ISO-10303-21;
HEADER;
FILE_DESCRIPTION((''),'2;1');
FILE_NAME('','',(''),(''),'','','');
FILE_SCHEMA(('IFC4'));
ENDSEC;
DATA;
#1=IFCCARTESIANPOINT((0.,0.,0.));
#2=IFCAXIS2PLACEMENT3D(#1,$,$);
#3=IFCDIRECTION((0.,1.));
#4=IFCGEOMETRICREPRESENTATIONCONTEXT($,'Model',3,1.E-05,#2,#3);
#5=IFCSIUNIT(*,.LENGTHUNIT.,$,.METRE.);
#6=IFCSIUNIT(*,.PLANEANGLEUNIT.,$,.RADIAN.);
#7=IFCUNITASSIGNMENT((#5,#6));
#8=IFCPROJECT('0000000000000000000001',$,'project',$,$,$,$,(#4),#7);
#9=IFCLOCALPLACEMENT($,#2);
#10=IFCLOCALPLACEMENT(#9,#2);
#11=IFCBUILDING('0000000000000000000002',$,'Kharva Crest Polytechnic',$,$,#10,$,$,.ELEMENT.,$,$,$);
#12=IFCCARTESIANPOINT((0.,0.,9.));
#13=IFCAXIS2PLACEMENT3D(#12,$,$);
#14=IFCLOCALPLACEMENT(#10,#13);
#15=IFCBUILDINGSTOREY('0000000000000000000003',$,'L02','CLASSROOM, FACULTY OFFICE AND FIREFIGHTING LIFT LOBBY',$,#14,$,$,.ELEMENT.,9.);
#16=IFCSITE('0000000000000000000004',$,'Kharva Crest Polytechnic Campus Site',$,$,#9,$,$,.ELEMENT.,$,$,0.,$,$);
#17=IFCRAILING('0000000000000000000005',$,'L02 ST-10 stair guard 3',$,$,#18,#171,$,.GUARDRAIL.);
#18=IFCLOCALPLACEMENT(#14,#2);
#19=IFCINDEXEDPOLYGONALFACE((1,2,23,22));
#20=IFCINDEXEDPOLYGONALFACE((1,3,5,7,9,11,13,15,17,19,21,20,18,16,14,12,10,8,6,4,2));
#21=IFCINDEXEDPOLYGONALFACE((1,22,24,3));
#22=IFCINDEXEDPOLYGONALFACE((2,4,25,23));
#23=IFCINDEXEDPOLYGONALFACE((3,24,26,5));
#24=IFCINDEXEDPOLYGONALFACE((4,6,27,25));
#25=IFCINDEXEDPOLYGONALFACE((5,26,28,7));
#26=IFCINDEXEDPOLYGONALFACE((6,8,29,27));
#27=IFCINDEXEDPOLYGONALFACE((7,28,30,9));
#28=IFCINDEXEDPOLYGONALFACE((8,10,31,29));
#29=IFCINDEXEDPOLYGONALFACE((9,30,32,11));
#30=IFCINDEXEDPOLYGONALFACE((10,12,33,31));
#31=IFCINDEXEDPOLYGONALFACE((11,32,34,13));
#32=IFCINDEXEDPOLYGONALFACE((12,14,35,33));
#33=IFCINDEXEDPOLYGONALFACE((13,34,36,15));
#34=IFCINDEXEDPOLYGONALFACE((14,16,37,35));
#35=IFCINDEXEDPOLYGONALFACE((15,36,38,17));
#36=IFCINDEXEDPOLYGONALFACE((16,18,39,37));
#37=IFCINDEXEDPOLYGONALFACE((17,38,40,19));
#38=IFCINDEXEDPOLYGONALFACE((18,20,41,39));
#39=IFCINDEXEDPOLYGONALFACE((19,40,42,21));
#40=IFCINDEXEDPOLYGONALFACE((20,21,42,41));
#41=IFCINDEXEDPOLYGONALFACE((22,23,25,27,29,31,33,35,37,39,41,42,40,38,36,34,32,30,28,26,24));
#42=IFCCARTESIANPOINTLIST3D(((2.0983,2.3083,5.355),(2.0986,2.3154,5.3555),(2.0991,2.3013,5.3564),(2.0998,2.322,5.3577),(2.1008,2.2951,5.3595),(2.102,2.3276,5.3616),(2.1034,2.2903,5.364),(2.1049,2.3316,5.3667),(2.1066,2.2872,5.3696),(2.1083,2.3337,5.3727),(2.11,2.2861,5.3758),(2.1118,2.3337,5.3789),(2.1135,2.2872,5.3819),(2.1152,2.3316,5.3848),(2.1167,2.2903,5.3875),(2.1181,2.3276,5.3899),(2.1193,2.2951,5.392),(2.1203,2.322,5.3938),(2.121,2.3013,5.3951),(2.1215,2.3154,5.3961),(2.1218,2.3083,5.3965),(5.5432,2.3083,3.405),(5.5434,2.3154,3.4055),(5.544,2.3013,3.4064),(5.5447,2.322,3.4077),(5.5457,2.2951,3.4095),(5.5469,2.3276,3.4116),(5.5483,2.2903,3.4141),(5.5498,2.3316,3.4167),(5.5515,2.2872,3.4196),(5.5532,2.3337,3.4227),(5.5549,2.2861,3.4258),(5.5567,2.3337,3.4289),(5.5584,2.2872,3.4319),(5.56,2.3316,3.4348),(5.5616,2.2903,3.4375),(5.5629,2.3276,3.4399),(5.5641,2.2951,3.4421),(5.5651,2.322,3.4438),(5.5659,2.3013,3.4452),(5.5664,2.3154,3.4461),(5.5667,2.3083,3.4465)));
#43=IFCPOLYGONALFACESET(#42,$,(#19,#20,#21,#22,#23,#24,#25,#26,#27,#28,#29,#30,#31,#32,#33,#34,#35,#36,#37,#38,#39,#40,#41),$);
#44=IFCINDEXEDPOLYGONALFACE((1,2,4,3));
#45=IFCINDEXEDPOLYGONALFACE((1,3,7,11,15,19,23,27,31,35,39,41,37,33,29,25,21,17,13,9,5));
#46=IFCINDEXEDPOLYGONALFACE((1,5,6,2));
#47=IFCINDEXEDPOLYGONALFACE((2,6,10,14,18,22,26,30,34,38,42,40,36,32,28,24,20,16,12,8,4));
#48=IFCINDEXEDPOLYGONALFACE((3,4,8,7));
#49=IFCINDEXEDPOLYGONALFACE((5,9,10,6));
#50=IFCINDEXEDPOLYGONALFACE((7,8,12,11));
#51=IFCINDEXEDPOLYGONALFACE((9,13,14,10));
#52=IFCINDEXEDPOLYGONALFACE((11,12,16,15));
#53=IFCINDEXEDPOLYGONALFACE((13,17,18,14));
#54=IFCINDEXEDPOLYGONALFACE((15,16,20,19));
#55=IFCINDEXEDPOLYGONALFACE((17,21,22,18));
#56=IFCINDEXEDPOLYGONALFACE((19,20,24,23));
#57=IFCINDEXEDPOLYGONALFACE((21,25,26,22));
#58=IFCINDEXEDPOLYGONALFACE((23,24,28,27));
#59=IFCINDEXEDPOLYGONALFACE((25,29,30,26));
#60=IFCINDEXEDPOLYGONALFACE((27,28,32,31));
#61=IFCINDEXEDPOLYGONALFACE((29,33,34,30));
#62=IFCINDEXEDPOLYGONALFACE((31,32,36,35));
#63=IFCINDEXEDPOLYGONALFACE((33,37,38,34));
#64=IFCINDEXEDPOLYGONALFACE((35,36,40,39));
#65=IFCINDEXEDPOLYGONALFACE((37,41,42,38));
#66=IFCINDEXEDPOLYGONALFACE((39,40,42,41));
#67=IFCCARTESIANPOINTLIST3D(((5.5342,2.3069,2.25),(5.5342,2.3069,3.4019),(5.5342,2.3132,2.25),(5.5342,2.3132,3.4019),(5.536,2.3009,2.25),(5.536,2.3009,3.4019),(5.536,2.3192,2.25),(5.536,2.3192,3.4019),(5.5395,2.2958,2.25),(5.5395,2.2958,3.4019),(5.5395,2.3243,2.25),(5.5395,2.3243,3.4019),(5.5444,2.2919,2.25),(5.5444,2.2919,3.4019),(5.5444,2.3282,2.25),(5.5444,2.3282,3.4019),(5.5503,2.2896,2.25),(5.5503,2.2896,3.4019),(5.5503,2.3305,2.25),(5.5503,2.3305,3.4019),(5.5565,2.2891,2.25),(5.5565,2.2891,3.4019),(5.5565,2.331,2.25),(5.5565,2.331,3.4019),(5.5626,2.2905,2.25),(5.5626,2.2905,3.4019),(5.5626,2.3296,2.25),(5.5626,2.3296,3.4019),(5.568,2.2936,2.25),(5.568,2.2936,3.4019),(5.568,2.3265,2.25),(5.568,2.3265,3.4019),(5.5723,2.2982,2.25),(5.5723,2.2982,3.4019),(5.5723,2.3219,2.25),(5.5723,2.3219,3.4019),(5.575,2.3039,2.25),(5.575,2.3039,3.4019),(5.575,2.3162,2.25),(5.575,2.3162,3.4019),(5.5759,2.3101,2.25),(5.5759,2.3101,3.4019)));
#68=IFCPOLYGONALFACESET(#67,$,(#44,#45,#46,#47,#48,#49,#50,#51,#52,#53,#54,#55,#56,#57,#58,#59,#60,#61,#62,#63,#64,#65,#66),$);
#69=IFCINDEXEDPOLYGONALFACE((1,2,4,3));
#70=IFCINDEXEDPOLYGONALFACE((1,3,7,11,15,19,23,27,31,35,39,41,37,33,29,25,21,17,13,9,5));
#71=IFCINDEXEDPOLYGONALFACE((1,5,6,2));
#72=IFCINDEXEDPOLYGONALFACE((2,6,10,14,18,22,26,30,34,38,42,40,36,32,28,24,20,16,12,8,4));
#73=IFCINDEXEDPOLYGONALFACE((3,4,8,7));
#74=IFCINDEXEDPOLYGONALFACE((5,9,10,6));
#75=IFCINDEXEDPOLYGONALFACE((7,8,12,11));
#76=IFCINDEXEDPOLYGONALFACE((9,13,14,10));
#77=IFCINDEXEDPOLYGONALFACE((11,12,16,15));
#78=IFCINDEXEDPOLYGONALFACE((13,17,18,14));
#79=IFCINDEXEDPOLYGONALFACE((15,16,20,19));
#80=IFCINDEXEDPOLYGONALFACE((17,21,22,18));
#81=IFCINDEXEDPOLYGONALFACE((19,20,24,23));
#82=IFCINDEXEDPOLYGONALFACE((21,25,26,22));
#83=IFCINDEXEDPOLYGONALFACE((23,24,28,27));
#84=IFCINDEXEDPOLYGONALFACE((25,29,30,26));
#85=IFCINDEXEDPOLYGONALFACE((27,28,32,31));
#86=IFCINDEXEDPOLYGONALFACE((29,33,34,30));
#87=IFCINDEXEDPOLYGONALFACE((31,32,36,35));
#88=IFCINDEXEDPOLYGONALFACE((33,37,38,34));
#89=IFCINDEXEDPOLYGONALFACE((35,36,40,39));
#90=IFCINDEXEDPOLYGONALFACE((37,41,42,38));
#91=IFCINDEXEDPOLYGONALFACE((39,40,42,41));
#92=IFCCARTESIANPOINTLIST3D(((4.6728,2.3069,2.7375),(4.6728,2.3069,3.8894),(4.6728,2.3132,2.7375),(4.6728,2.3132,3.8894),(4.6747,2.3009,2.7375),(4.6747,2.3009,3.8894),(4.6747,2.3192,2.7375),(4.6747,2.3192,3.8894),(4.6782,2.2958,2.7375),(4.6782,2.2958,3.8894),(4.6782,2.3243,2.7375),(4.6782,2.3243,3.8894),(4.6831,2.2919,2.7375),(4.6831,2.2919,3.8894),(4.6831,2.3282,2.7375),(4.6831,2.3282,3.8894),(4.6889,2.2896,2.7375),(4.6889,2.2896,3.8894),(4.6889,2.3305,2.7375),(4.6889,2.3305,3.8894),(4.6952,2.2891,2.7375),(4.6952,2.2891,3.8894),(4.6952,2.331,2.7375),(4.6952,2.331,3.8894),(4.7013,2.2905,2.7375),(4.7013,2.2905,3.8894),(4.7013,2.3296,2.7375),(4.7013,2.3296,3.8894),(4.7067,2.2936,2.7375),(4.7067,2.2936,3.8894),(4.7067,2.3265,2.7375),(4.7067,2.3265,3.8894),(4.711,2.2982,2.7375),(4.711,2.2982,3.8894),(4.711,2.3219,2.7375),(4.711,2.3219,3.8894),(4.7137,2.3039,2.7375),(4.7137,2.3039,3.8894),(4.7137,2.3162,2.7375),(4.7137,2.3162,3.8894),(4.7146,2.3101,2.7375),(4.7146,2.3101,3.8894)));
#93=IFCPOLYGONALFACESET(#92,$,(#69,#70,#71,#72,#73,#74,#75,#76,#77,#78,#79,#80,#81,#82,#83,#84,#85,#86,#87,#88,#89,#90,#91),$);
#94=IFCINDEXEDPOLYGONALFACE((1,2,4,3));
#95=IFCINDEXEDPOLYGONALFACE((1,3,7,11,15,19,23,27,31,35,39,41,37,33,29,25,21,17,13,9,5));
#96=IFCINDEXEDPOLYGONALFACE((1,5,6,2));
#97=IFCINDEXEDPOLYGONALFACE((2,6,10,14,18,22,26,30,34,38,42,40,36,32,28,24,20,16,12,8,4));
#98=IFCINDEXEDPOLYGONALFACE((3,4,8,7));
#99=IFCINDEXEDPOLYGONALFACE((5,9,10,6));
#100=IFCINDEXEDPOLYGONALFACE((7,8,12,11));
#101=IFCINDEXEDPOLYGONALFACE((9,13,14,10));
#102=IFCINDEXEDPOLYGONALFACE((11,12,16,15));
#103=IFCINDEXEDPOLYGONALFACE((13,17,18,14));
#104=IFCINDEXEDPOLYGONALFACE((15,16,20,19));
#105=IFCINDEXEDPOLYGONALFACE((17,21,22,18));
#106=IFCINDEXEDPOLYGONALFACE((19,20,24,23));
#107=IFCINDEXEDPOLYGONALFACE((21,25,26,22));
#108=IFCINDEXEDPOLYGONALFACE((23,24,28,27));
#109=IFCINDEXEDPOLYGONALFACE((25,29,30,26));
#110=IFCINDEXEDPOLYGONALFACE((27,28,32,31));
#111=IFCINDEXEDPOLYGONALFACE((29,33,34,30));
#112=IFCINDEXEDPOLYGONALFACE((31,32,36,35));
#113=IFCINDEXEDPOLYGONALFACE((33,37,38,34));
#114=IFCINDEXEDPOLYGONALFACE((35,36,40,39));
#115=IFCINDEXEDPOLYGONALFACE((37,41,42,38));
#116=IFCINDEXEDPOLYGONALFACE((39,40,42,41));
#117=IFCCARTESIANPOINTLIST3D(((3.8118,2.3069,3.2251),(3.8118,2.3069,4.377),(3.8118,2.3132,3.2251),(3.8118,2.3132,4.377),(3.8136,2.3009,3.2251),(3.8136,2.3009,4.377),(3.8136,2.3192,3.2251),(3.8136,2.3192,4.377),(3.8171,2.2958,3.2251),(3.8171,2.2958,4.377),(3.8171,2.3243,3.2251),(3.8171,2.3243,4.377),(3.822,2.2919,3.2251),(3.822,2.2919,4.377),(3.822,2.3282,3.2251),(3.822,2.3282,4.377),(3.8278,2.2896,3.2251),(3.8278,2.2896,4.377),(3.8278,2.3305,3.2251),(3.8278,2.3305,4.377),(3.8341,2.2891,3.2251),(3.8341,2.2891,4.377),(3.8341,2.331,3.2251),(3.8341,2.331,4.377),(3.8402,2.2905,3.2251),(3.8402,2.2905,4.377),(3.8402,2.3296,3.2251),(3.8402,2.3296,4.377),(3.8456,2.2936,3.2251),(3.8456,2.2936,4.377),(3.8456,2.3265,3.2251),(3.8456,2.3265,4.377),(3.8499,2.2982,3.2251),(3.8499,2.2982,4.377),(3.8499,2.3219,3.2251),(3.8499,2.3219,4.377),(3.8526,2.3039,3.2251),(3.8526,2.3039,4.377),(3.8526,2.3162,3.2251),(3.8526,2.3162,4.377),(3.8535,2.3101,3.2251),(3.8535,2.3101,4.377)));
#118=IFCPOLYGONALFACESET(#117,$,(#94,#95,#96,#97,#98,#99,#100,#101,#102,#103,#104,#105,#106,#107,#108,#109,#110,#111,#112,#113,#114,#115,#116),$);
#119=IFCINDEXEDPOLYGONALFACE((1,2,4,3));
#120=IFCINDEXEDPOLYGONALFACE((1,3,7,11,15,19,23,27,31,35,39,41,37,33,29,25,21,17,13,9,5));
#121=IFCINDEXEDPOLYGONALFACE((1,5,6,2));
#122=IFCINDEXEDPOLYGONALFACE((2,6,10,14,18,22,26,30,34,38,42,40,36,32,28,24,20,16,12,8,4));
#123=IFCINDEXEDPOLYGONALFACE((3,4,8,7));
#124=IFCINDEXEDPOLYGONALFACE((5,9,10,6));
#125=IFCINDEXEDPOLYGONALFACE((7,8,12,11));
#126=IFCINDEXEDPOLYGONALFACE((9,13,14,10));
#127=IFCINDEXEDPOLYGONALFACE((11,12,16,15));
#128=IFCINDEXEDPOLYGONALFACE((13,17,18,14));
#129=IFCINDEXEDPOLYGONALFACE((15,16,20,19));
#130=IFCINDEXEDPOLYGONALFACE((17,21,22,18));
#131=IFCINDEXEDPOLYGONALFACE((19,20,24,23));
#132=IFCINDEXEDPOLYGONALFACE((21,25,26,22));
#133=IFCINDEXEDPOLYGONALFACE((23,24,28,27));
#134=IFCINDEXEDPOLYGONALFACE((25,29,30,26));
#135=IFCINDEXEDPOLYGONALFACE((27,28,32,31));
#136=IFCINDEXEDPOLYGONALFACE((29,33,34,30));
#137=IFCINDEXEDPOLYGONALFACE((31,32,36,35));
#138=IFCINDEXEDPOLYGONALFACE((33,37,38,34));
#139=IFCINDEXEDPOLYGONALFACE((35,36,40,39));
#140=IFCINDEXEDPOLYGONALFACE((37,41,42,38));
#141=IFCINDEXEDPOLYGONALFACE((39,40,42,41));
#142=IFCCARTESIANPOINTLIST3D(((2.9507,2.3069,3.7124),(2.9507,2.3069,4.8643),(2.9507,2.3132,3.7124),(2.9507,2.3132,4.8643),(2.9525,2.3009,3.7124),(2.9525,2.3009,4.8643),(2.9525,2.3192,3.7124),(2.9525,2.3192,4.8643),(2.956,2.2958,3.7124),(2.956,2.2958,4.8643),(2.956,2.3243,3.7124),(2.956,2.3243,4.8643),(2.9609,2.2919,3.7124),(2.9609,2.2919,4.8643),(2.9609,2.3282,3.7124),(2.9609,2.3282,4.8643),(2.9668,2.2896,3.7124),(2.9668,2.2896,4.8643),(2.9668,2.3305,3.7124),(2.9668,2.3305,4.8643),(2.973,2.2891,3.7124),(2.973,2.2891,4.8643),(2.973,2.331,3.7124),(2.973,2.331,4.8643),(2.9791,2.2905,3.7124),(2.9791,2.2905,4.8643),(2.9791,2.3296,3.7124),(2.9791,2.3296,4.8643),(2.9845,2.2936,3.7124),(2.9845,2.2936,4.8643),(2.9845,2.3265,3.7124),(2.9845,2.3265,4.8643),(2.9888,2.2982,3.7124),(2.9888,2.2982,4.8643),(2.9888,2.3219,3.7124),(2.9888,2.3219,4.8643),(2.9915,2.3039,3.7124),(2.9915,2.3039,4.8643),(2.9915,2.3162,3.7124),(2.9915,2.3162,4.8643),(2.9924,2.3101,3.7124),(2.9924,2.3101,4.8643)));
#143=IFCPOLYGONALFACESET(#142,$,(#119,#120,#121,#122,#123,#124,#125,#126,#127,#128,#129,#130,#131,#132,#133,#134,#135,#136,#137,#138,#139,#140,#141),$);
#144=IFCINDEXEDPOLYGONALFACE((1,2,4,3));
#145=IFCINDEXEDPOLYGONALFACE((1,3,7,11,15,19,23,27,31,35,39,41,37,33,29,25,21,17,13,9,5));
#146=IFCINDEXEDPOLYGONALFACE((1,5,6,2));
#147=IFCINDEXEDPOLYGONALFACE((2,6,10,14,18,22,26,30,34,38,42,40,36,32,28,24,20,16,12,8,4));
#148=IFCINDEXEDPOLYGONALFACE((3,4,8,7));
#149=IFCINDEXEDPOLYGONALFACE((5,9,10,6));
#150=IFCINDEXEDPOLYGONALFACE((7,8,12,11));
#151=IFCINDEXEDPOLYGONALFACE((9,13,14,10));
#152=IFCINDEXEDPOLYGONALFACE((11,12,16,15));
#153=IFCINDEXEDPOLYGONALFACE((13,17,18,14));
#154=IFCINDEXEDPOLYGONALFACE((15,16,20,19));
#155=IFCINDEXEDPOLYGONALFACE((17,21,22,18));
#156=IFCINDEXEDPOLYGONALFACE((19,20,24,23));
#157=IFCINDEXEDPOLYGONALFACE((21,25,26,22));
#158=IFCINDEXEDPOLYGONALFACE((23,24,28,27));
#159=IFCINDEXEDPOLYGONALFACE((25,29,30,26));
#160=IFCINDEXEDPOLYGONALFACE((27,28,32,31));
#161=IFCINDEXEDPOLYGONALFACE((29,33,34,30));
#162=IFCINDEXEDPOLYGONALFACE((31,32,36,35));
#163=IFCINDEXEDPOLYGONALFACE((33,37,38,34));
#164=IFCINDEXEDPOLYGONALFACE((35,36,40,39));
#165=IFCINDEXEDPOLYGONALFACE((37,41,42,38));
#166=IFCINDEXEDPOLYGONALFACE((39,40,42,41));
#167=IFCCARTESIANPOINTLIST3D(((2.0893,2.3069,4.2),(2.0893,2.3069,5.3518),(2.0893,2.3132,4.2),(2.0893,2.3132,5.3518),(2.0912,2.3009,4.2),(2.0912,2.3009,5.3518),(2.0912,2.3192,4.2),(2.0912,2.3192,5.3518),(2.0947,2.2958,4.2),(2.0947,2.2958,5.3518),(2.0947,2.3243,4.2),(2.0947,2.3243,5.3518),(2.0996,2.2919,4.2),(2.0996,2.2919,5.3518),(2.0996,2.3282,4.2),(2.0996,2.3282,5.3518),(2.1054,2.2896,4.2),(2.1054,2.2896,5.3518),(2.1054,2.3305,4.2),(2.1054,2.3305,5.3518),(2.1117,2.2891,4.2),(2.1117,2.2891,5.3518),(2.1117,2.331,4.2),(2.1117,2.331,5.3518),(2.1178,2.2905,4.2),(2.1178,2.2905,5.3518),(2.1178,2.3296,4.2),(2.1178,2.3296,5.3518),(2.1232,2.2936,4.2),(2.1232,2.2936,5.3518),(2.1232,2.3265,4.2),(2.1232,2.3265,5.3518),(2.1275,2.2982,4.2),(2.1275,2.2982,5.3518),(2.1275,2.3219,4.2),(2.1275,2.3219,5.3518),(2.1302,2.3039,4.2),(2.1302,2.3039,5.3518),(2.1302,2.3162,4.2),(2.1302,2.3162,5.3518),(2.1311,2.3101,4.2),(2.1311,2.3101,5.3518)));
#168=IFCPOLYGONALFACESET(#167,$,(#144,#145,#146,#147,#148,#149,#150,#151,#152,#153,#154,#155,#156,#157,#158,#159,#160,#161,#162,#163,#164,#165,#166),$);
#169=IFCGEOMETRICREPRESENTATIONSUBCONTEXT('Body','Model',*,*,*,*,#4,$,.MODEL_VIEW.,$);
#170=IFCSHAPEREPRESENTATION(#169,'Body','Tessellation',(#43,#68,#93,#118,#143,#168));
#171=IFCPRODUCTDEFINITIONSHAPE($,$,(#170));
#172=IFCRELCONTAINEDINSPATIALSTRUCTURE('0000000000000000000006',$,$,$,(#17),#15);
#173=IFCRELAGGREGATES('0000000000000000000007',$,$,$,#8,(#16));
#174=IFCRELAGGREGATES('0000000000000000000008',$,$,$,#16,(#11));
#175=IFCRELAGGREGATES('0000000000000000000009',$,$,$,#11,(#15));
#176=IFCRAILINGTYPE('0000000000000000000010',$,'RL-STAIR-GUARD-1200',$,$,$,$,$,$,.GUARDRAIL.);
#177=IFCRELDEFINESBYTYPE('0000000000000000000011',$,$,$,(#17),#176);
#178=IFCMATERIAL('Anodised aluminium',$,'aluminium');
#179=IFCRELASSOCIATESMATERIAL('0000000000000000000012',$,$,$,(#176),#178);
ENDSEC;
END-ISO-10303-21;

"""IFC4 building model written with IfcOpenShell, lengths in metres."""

from ifc_helpers import new_model, si_unit, direction, frame, origin, origin_2d, place, context, subcontext, project, spatial, circle, extrude, material, type_object, element, save


model = new_model("IFC4")

# Units and contexts
model_context = context("Model", 3, precision=1e-05, world=origin(), true_north=direction((0.0, 1.0)))
body_context = subcontext(model_context, "Body", "Model", "MODEL_VIEW")
ifc_project = project(units=[si_unit("LENGTHUNIT", "METRE"), si_unit("PLANEANGLEUNIT", "RADIAN")], contexts=[model_context])

# Site, building, storey
site_placement = place(None, origin())
site = spatial("IfcSite", under=ifc_project, at=site_placement, Name="Kharva Crest Polytechnic Campus Site", CompositionType="ELEMENT", RefElevation=0.0)
building_placement = place(site_placement, origin())
building = spatial("IfcBuilding", under=site, at=building_placement, Name="Kharva Crest Polytechnic", CompositionType="ELEMENT")
storey_placement = place(building_placement, frame((0.0, 0.0, 9.0)))
storey = spatial("IfcBuildingStorey", under=building, at=storey_placement, Name="L02", Description="CLASSROOM, FACULTY OFFICE AND FIREFIGHTING LIFT LOBBY", CompositionType="ELEMENT", Elevation=9.0)

# Shared definitions
ifc_material_1 = material(Name="Anodised aluminium", Category="aluminium")

# Railing
railing_type_1 = type_object("IfcRailingType", Name="RL-STAIR-GUARD-1200", PredefinedType="GUARDRAIL", material=ifc_material_1)
railing_1_placement = place(storey_placement, frame((5.5549, 2.3101, 2.25)))
element("IfcRailing", 1, at=railing_1_placement, inside=storey, type_object=railing_type_1, Name="L02 ST-10 stair guard 3", PredefinedType="GUARDRAIL", context=body_context, shape_type="SweptSolid", body=[
    extrude(circle(Radius=0.0239, at=origin_2d()), frame((0.0, 0.0, 1.1758), z_axis=(-0.870251, 0.0, 0.492608), x_axis=(0.0, -1.0, 0.0)), (0.0, 0.0, 1.0), 3.9585),
    extrude(circle(Radius=0.021, at=origin_2d()), origin(), (0.0, 0.0, 1.0), 1.1519),
    extrude(circle(Radius=0.021, at=origin_2d()), frame((-0.8613, 0.0, 0.4875)), (0.0, 0.0, 1.0), 1.1519),
    extrude(circle(Radius=0.021, at=origin_2d()), frame((-1.7224, 0.0, 0.9751)), (0.0, 0.0, 1.0), 1.1519),
    extrude(circle(Radius=0.021, at=origin_2d()), frame((-2.5835, 0.0, 1.4624)), (0.0, 0.0, 1.0), 1.1519),
    extrude(circle(Radius=0.021, at=origin_2d()), frame((-3.4448, 0.0, 1.95)), (0.0, 0.0, 1.0), 1.1519),
])

save(model, "model.ifc")
